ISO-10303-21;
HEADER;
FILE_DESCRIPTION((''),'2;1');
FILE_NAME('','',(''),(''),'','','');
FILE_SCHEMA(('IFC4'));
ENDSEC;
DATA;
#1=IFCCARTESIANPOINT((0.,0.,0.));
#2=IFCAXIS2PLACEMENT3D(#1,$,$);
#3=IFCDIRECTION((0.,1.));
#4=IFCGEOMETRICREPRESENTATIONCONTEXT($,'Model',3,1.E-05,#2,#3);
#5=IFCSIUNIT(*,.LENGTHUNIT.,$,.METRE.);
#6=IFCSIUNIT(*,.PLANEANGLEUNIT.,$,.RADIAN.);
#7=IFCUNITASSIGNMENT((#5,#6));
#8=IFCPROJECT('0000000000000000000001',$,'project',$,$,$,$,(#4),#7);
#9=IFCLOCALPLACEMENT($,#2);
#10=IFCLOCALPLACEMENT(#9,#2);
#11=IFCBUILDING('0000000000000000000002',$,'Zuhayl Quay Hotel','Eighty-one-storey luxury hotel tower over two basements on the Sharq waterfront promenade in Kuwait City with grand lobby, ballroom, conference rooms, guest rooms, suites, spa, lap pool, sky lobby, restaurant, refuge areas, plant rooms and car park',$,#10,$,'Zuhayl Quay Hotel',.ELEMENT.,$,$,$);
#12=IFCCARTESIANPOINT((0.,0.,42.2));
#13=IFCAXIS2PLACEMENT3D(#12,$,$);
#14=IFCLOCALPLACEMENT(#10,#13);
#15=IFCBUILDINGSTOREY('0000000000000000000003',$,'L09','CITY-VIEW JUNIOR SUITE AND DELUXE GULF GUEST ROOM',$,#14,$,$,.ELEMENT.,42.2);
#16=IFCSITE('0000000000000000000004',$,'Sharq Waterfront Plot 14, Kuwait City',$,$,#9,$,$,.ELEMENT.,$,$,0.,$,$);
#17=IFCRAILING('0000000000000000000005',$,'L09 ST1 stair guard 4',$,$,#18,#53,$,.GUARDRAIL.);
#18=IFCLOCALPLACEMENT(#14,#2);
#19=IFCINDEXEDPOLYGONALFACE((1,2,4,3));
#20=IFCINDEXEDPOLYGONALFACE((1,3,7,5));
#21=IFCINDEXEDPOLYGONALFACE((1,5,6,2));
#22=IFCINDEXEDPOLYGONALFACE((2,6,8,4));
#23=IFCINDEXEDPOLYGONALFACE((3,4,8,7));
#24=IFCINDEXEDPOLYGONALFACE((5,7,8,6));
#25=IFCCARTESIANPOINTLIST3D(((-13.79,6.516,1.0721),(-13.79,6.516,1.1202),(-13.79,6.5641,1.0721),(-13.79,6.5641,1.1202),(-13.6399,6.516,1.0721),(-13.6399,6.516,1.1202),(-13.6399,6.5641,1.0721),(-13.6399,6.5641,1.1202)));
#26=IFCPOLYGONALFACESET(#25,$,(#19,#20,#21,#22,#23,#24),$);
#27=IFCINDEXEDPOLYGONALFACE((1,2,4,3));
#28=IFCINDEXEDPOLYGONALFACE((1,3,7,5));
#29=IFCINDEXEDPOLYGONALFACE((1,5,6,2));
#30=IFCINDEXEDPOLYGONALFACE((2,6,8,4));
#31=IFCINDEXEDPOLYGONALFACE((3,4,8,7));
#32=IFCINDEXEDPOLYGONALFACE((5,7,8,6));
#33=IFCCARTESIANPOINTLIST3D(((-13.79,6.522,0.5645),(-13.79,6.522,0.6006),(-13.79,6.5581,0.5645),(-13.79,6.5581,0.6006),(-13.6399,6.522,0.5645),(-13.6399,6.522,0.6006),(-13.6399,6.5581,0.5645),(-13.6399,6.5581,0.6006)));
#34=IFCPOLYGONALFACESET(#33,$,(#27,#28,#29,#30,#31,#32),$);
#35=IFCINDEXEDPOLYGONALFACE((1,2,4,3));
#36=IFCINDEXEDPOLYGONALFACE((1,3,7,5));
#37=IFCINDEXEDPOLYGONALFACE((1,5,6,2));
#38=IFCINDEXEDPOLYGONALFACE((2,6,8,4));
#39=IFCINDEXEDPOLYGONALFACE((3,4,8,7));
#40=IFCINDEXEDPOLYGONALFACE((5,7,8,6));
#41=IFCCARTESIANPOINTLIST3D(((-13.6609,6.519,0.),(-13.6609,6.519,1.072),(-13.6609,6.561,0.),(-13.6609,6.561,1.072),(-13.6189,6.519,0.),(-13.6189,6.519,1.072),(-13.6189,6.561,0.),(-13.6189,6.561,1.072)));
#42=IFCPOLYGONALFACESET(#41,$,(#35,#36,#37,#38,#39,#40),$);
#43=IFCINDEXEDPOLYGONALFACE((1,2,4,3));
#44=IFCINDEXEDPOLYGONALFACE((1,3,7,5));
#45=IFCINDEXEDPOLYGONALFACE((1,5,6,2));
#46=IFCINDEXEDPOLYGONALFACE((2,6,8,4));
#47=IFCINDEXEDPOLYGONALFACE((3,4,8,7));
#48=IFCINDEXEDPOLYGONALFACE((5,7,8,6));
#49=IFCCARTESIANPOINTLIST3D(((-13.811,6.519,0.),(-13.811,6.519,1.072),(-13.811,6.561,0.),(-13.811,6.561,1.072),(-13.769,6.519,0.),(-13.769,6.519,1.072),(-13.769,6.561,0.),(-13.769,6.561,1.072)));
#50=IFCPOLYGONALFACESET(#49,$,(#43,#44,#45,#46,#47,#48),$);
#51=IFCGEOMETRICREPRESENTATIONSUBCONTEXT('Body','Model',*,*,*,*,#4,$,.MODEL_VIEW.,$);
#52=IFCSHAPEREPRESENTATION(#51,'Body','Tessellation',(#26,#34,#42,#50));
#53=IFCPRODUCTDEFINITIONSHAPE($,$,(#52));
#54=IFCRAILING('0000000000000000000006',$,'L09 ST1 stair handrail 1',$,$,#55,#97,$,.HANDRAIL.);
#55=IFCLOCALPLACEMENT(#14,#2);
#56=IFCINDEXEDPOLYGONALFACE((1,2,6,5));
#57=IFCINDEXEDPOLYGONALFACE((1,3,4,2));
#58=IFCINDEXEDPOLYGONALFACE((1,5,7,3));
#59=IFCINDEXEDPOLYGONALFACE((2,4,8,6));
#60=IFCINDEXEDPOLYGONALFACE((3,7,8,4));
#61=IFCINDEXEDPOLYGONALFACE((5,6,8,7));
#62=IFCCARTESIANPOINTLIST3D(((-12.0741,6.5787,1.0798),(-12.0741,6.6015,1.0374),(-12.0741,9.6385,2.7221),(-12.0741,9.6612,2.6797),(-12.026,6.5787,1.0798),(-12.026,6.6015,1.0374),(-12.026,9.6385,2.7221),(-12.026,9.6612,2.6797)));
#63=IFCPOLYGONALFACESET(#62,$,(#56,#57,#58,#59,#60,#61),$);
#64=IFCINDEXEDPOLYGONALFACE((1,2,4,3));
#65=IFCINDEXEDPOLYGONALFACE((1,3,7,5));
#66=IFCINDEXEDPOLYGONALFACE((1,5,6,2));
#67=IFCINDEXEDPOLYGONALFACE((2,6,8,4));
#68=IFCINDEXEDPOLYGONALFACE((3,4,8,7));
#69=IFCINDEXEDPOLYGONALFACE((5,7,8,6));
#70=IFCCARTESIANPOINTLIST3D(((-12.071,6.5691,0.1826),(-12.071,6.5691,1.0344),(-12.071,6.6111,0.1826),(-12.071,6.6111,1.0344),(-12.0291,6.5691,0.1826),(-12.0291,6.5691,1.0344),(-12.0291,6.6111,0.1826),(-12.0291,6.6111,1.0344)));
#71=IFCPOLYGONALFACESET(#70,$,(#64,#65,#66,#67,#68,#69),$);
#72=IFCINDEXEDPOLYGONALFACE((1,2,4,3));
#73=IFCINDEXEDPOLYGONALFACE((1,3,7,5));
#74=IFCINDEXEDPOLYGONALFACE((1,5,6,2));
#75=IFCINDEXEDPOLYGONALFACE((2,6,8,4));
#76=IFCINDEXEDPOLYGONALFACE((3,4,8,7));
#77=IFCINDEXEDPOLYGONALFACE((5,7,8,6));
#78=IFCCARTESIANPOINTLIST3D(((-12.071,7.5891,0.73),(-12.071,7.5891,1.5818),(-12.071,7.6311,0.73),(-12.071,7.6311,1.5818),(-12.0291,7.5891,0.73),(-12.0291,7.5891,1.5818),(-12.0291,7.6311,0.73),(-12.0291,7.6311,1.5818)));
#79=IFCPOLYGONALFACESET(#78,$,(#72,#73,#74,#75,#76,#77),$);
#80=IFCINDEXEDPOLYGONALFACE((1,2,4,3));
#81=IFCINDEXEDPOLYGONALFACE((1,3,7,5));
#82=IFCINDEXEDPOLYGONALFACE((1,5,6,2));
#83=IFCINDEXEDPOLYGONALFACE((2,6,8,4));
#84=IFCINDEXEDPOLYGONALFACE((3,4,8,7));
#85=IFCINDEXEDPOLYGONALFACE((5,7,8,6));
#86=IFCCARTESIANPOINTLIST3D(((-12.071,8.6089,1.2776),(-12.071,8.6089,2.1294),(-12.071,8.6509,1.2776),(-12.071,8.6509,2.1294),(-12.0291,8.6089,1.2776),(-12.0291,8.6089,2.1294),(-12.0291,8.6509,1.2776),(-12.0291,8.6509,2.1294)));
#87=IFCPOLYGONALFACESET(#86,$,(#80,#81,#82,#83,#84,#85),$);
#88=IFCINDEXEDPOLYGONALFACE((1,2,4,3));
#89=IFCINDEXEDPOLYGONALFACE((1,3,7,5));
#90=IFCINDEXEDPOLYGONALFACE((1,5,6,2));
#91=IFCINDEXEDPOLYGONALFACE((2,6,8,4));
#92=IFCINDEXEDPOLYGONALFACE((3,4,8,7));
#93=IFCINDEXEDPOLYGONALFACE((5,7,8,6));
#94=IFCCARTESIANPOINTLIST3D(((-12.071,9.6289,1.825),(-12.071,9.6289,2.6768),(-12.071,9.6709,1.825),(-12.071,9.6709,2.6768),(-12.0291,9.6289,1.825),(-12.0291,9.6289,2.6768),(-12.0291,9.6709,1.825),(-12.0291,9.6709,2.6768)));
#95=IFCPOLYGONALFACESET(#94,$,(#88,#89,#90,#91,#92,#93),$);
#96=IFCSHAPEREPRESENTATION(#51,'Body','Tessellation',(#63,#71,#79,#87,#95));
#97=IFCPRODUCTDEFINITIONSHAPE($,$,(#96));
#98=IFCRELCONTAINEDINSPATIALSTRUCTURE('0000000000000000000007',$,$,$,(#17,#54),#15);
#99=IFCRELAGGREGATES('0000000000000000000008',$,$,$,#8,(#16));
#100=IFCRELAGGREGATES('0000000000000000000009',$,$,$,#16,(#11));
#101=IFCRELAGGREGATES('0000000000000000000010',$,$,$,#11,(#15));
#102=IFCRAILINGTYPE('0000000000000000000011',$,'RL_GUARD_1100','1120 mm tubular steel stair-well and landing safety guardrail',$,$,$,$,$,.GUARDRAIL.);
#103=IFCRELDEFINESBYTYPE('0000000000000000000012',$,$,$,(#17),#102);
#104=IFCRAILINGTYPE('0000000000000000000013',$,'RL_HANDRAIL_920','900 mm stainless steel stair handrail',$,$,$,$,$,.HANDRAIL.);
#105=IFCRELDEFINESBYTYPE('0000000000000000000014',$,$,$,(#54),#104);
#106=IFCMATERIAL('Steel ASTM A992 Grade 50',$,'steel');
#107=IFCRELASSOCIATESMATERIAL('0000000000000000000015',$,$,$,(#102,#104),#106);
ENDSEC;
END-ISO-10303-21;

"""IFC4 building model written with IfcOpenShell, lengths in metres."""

from ifc_helpers import new_model, si_unit, direction, frame, origin, origin_2d, place, context, subcontext, project, spatial, rectangle, extrude, material, type_object, element, save


model = new_model("IFC4")

# Units and contexts
model_context = context("Model", 3, precision=1e-05, world=origin(), true_north=direction((0.0, 1.0)))
body_context = subcontext(model_context, "Body", "Model", "MODEL_VIEW")
ifc_project = project(units=[si_unit("LENGTHUNIT", "METRE"), si_unit("PLANEANGLEUNIT", "RADIAN")], contexts=[model_context])

# Site, building, storey
site_placement = place(None, origin())
site = spatial("IfcSite", under=ifc_project, at=site_placement, Name="Sharq Waterfront Plot 14, Kuwait City", CompositionType="ELEMENT", RefElevation=0.0)
building_placement = place(site_placement, origin())
building = spatial("IfcBuilding", under=site, at=building_placement, Name="Zuhayl Quay Hotel", Description="Eighty-one-storey luxury hotel tower over two basements on the Sharq waterfront promenade in Kuwait City with grand lobby, ballroom, conference rooms, guest rooms, suites, spa, lap pool, sky lobby, restaurant, refuge areas, plant rooms and car park", LongName="Zuhayl Quay Hotel", CompositionType="ELEMENT")
storey_placement = place(building_placement, frame((0.0, 0.0, 42.2)))
storey = spatial("IfcBuildingStorey", under=building, at=storey_placement, Name="L09", Description="CITY-VIEW JUNIOR SUITE AND DELUXE GULF GUEST ROOM", CompositionType="ELEMENT", Elevation=42.2)

# Shared definitions
ifc_material_1 = material(Name="Steel ASTM A992 Grade 50", Category="steel")

# Railings
railing_type_1 = type_object("IfcRailingType", Name="RL_GUARD_1100", Description="1120 mm tubular steel stair-well and landing safety guardrail", PredefinedType="GUARDRAIL", material=ifc_material_1)
railing_1_placement = place(storey_placement, frame((-13.6399, 6.54, 0.0)))
element("IfcRailing", 1, at=railing_1_placement, inside=storey, type_object=railing_type_1, Name="L09 ST1 stair guard 4", PredefinedType="GUARDRAIL", context=body_context, shape_type="SweptSolid", body=[
    extrude(rectangle(XDim=0.0481, YDim=0.0481, at=origin_2d()), frame((0.0, 0.0, 1.0962), z_axis=(-1.0, 0.0, 0.0), x_axis=(0.0, -1.0, 0.0)), (0.0, 0.0, 1.0), 0.1501),
    extrude(rectangle(XDim=0.0361, YDim=0.0361, at=origin_2d()), frame((0.0, 0.0, 0.5825), z_axis=(-1.0, 0.0, 0.0), x_axis=(0.0, -1.0, 0.0)), (0.0, 0.0, 1.0), 0.1501),
    extrude(rectangle(XDim=0.042, YDim=0.042, at=origin_2d()), origin(), (0.0, 0.0, 1.0), 1.072),
    extrude(rectangle(XDim=0.042, YDim=0.042, at=origin_2d()), frame((-0.1501, 0.0, 0.0)), (0.0, 0.0, 1.0), 1.072),
])
railing_type_2 = type_object("IfcRailingType", Name="RL_HANDRAIL_920", Description="900 mm stainless steel stair handrail", PredefinedType="HANDRAIL", material=ifc_material_1)
railing_2_placement = place(storey_placement, frame((-12.05, 6.5901, 0.1826)))
element("IfcRailing", 2, at=railing_2_placement, inside=storey, type_object=railing_type_2, Name="L09 ST1 stair handrail 1", PredefinedType="HANDRAIL", context=body_context, shape_type="SweptSolid", body=[
    extrude(rectangle(XDim=0.0481, YDim=0.0481, at=origin_2d()), frame((0.0, 0.0, 0.876), z_axis=(0.0, 0.881102, 0.472926), x_axis=(-1.0, 0.0, 0.0)), (0.0, 0.0, 1.0), 3.4727),
    extrude(rectangle(XDim=0.042, YDim=0.042, at=origin_2d()), origin(), (0.0, 0.0, 1.0), 0.8518),
    extrude(rectangle(XDim=0.042, YDim=0.042, at=origin_2d()), frame((0.0, 1.02, 0.5474)), (0.0, 0.0, 1.0), 0.8518),
    extrude(rectangle(XDim=0.042, YDim=0.042, at=origin_2d()), frame((0.0, 2.0398, 1.095)), (0.0, 0.0, 1.0), 0.8518),
    extrude(rectangle(XDim=0.042, YDim=0.042, at=origin_2d()), frame((0.0, 3.0598, 1.6423)), (0.0, 0.0, 1.0), 0.8518),
])

save(model, "model.ifc")
